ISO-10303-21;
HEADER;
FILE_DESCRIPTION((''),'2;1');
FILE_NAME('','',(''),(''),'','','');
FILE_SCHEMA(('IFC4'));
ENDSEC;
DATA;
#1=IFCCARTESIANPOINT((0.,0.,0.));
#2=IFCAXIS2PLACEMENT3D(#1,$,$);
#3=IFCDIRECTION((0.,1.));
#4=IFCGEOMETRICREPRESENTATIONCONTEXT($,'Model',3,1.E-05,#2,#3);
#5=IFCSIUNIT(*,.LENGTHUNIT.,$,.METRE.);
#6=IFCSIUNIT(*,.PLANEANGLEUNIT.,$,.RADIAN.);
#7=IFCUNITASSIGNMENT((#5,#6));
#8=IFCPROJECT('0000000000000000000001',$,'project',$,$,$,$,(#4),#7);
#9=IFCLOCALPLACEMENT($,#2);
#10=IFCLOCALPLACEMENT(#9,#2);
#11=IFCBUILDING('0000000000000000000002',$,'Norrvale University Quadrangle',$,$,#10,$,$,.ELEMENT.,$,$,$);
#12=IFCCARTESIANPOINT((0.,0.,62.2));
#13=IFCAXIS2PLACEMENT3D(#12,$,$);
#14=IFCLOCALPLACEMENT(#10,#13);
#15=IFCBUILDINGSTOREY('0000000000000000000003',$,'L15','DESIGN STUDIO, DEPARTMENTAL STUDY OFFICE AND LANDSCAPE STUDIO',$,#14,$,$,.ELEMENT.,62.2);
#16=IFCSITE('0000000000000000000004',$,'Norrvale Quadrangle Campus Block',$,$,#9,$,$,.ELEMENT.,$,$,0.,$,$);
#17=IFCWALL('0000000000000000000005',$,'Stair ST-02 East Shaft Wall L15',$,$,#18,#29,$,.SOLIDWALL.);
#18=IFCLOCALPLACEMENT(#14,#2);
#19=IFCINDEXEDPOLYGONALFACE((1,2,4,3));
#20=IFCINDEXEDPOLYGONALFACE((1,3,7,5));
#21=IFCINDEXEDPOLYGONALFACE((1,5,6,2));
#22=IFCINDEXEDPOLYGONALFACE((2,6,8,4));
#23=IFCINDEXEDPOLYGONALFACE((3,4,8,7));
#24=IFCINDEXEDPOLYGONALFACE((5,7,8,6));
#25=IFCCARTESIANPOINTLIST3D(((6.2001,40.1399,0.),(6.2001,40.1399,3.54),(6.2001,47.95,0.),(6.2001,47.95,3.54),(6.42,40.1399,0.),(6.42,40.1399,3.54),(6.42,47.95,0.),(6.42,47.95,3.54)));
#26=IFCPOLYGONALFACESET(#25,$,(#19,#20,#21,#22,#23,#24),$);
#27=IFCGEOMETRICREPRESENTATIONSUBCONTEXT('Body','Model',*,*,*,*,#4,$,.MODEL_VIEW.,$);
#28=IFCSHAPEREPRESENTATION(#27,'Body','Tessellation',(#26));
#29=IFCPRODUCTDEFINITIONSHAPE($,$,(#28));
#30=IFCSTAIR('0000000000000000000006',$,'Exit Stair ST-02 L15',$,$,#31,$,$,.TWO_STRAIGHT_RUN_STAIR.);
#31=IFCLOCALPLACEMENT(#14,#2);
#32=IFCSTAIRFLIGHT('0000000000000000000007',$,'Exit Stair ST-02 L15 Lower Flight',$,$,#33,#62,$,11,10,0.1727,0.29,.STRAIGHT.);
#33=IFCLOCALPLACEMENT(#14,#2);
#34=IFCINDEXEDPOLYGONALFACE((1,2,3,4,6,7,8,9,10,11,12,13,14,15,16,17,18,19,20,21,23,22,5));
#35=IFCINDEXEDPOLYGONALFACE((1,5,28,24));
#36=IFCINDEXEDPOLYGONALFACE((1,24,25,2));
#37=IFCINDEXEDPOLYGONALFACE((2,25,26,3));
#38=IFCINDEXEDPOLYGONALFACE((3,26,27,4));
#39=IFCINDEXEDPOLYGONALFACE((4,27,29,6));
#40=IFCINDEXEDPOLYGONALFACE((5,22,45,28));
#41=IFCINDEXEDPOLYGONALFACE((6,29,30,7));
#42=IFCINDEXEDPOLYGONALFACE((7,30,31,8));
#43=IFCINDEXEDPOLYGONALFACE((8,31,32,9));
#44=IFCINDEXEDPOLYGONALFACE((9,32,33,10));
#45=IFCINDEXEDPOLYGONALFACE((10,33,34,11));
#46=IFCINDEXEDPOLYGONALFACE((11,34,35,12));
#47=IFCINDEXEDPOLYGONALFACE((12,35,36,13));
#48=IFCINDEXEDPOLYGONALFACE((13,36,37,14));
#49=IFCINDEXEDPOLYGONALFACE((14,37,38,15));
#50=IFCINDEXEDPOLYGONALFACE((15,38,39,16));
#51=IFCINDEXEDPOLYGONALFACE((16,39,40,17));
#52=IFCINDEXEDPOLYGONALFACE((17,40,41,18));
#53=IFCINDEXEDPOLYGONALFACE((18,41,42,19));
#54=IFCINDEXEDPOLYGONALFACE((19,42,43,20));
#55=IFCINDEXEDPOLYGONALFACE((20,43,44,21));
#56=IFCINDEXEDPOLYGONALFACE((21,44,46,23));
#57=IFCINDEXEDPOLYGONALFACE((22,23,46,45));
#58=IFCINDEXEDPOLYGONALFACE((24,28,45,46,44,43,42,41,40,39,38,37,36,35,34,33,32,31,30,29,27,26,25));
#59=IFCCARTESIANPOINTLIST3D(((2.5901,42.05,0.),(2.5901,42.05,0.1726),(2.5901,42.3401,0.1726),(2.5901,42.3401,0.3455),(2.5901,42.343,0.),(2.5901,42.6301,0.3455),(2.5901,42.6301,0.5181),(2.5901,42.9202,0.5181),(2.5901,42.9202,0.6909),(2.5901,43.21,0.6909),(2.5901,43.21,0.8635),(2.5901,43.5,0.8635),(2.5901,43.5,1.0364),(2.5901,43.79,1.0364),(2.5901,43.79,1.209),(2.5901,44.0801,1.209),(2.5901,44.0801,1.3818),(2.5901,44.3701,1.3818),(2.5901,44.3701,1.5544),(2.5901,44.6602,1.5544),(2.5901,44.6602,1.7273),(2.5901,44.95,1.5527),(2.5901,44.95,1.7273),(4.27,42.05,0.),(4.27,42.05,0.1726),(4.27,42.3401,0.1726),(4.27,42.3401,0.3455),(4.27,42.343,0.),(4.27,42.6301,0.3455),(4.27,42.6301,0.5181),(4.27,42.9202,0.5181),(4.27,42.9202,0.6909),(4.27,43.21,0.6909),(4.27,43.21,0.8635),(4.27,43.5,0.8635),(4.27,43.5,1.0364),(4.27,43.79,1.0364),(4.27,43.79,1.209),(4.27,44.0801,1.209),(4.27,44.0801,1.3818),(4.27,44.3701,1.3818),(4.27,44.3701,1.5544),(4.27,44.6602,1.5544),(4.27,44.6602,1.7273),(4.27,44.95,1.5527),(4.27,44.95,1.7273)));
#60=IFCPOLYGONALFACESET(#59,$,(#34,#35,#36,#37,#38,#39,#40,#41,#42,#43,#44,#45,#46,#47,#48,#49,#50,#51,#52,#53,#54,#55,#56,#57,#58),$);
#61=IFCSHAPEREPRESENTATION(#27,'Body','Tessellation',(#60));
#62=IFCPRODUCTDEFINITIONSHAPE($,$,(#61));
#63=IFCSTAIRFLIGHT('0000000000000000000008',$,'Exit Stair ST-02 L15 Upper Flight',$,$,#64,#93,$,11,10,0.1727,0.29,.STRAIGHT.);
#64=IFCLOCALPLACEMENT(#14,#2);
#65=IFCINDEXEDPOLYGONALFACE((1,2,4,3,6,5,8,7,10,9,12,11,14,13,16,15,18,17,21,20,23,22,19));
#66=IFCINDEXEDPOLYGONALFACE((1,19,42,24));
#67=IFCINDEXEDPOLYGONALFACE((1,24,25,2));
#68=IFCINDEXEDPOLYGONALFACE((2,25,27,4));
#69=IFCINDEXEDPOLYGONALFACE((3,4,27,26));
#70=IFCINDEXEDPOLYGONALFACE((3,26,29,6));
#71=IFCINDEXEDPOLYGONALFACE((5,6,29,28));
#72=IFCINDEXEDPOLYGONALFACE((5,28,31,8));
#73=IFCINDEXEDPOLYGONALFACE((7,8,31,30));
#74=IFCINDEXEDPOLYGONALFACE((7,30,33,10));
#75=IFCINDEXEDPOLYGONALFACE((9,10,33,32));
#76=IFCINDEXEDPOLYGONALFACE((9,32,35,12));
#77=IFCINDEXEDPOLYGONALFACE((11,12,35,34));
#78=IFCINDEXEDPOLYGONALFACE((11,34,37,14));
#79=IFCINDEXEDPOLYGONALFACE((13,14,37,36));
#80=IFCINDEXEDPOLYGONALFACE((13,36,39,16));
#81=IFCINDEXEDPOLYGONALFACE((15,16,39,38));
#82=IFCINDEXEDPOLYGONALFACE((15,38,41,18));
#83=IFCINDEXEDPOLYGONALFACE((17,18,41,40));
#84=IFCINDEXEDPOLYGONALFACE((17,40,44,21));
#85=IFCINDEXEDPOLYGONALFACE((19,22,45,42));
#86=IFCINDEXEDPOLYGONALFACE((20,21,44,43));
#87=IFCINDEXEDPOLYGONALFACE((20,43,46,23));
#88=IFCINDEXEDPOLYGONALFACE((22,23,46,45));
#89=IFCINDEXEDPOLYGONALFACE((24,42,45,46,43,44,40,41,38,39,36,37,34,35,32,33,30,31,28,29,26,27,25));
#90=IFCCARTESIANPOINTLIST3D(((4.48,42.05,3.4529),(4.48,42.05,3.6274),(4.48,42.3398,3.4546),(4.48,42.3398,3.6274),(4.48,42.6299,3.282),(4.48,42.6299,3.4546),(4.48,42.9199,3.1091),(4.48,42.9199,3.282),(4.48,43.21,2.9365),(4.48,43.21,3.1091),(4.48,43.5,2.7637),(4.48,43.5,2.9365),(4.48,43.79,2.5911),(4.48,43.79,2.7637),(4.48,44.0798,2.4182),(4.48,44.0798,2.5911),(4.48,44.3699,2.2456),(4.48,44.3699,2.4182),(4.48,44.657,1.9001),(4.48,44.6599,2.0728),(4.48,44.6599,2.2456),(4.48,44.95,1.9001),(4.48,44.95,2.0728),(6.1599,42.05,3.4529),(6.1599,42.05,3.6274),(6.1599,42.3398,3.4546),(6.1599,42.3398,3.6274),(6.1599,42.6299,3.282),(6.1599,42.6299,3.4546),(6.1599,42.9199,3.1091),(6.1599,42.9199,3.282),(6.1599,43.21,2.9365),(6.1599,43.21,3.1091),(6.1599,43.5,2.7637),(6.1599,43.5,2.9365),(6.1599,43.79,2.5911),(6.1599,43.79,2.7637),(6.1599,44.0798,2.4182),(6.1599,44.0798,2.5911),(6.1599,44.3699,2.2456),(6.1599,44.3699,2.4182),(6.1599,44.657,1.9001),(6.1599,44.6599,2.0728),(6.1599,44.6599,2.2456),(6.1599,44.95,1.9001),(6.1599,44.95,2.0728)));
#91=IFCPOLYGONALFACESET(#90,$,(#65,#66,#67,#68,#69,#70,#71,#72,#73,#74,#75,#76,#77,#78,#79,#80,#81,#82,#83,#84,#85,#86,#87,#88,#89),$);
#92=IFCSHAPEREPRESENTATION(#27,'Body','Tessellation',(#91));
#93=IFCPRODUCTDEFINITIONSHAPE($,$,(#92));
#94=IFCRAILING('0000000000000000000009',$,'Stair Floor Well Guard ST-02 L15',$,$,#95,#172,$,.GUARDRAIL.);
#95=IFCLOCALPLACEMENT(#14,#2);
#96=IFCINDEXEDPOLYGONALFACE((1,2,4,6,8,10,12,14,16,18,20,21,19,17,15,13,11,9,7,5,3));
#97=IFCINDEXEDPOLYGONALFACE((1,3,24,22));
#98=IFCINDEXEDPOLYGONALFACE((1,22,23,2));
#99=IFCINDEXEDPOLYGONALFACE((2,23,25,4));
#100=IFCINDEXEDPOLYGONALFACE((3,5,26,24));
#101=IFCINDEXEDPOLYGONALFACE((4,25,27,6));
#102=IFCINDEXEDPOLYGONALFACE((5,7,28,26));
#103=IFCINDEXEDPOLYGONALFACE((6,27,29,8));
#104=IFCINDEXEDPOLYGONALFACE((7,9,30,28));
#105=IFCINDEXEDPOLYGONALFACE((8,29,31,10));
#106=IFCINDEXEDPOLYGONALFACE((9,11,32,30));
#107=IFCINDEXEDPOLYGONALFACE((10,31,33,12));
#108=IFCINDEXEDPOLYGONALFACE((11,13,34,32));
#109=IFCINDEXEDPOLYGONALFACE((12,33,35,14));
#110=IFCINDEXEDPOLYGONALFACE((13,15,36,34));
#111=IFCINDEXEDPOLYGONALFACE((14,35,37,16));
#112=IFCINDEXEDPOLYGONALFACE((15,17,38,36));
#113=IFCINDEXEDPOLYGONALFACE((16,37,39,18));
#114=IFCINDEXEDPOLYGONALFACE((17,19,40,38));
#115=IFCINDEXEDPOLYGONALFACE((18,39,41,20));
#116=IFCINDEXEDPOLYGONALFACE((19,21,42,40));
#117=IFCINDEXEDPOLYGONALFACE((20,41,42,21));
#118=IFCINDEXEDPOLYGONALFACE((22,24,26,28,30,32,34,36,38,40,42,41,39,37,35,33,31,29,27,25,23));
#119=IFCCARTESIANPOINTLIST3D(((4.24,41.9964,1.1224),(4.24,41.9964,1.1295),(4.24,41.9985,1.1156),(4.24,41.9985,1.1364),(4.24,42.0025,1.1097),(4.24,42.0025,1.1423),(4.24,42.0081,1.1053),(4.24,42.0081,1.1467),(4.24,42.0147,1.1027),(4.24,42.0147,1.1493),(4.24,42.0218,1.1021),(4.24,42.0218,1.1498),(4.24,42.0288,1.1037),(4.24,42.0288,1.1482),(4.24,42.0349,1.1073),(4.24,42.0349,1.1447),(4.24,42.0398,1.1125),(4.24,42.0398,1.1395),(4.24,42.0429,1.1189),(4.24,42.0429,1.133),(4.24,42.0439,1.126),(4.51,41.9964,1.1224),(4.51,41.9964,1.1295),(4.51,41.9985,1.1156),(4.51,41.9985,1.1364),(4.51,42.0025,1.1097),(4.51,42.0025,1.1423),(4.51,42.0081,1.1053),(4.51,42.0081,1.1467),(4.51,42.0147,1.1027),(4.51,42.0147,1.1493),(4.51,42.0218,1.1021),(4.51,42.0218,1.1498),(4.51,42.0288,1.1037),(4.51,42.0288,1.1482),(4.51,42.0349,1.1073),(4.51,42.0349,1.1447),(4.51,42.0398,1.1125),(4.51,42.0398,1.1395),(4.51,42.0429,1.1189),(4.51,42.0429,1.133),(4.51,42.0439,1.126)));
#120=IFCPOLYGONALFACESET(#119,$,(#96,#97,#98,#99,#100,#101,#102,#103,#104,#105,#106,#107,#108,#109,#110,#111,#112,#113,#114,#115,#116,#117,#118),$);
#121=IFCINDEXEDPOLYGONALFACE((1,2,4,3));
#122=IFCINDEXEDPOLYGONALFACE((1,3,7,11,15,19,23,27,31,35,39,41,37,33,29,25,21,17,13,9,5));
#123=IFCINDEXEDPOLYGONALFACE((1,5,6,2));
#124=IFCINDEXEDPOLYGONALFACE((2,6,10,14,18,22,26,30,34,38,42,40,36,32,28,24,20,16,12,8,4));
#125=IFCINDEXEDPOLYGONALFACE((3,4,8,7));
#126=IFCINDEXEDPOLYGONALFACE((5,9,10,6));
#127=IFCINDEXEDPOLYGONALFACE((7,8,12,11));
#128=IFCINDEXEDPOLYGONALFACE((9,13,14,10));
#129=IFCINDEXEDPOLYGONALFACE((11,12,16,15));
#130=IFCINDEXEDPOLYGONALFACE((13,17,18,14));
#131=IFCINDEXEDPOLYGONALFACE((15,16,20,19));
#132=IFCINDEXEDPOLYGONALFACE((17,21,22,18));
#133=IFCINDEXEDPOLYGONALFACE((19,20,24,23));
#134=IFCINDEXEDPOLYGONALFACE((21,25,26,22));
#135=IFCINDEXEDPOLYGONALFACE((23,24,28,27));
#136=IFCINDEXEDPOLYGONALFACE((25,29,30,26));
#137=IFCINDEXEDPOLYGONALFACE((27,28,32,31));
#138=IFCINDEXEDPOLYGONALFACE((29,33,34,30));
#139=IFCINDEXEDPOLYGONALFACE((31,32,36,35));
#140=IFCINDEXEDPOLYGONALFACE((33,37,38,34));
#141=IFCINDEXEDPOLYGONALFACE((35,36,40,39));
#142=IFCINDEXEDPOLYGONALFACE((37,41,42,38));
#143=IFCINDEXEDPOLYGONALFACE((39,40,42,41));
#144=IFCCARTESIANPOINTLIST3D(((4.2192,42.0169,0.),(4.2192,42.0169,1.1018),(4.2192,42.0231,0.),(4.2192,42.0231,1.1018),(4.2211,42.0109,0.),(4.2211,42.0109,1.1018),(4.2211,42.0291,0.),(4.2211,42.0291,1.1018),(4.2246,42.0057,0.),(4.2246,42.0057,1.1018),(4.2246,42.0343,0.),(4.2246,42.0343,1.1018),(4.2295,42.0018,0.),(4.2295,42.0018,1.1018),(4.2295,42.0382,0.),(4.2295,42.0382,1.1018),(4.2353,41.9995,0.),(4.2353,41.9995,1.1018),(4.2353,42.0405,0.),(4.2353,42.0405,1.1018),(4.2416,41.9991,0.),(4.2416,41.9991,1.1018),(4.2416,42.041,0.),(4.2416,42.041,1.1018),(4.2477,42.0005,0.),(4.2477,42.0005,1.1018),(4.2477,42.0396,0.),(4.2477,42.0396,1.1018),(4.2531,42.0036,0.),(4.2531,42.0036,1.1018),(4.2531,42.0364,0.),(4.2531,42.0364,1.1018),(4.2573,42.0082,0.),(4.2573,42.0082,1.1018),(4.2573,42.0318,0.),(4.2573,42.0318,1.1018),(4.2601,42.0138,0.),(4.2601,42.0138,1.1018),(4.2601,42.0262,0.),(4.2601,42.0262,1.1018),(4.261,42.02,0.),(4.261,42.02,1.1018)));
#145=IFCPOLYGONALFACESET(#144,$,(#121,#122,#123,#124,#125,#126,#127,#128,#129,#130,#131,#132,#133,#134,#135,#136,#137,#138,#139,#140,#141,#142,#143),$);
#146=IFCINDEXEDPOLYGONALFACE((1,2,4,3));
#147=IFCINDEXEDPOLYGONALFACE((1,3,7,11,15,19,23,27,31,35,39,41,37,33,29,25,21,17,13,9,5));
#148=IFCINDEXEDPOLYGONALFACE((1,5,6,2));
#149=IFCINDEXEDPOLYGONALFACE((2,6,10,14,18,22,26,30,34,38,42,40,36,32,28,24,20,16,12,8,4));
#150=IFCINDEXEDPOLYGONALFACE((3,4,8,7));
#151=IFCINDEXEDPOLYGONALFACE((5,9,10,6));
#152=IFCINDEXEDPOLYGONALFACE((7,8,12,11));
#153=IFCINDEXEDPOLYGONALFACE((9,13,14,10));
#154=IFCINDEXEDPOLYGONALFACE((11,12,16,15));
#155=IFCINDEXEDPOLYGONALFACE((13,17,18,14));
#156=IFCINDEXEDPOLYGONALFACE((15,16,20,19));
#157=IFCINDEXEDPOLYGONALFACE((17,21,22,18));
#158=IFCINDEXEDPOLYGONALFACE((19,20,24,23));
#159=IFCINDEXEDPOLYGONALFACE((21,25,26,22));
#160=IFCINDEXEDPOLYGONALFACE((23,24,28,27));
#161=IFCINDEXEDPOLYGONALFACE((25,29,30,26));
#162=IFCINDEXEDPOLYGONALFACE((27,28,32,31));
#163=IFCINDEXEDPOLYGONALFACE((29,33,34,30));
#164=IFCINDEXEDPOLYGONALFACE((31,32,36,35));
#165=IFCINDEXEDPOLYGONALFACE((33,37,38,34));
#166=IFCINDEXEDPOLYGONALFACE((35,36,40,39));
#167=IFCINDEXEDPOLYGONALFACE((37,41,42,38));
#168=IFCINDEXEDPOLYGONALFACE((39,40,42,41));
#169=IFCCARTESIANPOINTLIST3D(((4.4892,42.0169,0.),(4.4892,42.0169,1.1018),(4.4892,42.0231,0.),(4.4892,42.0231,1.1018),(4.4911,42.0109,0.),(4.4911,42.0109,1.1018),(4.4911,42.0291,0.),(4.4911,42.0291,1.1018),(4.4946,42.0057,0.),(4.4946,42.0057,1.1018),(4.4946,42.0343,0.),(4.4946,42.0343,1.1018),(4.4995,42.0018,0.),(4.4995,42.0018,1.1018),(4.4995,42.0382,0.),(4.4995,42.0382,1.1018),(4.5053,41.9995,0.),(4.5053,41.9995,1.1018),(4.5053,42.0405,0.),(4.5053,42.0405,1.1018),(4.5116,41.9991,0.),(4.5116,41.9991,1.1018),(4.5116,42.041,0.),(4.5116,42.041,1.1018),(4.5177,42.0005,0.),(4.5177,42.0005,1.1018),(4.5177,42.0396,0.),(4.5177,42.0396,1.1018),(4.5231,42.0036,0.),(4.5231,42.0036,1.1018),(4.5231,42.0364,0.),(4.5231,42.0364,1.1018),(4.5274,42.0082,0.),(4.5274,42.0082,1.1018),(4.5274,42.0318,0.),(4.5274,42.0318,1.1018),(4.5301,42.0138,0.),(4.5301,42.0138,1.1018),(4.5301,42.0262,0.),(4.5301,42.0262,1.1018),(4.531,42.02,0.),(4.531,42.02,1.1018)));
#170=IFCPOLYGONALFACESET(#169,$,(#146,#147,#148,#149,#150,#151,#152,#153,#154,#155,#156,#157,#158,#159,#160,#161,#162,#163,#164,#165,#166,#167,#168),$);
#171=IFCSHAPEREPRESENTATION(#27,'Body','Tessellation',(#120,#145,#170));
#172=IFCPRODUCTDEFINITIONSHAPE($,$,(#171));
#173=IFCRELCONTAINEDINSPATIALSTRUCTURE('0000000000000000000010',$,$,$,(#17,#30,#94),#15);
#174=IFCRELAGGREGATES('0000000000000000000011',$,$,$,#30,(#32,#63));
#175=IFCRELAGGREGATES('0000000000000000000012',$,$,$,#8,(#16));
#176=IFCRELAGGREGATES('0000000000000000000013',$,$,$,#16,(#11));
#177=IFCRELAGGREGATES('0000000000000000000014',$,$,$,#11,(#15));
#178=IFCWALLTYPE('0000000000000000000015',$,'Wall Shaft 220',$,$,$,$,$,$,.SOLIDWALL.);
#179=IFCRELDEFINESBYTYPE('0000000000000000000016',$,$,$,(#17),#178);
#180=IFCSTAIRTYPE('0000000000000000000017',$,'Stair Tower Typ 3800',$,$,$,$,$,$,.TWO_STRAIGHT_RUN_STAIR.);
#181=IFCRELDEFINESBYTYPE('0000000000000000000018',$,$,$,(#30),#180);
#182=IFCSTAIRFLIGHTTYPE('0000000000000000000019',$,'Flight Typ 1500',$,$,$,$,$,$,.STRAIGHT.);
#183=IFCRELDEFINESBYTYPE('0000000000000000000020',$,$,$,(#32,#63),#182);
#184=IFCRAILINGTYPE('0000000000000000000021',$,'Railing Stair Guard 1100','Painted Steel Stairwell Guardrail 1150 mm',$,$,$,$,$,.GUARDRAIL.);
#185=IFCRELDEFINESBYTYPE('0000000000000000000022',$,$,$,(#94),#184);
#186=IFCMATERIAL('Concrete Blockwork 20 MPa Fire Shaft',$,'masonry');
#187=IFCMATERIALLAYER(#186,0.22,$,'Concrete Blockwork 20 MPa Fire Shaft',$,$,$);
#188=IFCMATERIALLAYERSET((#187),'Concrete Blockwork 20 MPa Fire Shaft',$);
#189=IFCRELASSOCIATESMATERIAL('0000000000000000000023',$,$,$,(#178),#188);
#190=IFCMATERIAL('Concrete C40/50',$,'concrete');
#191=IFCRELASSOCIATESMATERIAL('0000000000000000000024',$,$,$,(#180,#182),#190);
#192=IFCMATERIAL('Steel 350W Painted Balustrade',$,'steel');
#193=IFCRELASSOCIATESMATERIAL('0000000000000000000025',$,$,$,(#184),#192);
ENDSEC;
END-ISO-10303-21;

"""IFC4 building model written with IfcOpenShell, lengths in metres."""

from ifc_helpers import new_model, si_unit, direction, frame, frame_2d, origin, origin_2d, place, context, subcontext, project, spatial, polyline, rectangle, circle, outline, extrude, material, layer, layer_set, type_object, element, aggregate, save


model = new_model("IFC4")

# Units and contexts
model_context = context("Model", 3, precision=1e-05, world=origin(), true_north=direction((0.0, 1.0)))
body_context = subcontext(model_context, "Body", "Model", "MODEL_VIEW")
ifc_project = project(units=[si_unit("LENGTHUNIT", "METRE"), si_unit("PLANEANGLEUNIT", "RADIAN")], contexts=[model_context])

# Site, building, storey
site_placement = place(None, origin())
site = spatial("IfcSite", under=ifc_project, at=site_placement, Name="Norrvale Quadrangle Campus Block", CompositionType="ELEMENT", RefElevation=0.0)
building_placement = place(site_placement, origin())
building = spatial("IfcBuilding", under=site, at=building_placement, Name="Norrvale University Quadrangle", CompositionType="ELEMENT")
storey_placement = place(building_placement, frame((0.0, 0.0, 62.2)))
storey = spatial("IfcBuildingStorey", under=building, at=storey_placement, Name="L15", Description="DESIGN STUDIO, DEPARTMENTAL STUDY OFFICE AND LANDSCAPE STUDIO", CompositionType="ELEMENT", Elevation=62.2)

# Shared definitions
ifc_material_1 = material(Name="Concrete Blockwork 20 MPa Fire Shaft", Category="masonry")
ifc_layer_1 = layer(ifc_material_1, 0.22, Name="Concrete Blockwork 20 MPa Fire Shaft")
ifc_layer_set_1 = layer_set([ifc_layer_1], Name="Concrete Blockwork 20 MPa Fire Shaft")
wall_type_1 = type_object("IfcWallType", Name="Wall Shaft 220", PredefinedType="SOLIDWALL", material=ifc_layer_set_1)

# Wall
wall_1_placement = place(storey_placement, frame((6.3101, 40.1399, 0.0), z_axis=(0.0, 0.0, 1.0), x_axis=(0.0, 1.0, 0.0)))
element("IfcWall", 1, at=wall_1_placement, inside=storey, type_object=wall_type_1, Name="Stair ST-02 East Shaft Wall L15", PredefinedType="SOLIDWALL", context=body_context, shape_type="SweptSolid", body=[
    extrude(rectangle(XDim=7.8101, YDim=0.22, at=frame_2d((3.905, 0.0))), origin(), (0.0, 0.0, 1.0), 3.54),
])

# Stair, stair flights
ifc_material_2 = material(Name="Concrete C40/50", Category="concrete")
stair_type = type_object("IfcStairType", Name="Stair Tower Typ 3800", PredefinedType="TWO_STRAIGHT_RUN_STAIR", material=ifc_material_2)
stair_placement = place(storey_placement, origin())
stair = element("IfcStair", 2, at=stair_placement, inside=storey, type_object=stair_type, Name="Exit Stair ST-02 L15", PredefinedType="TWO_STRAIGHT_RUN_STAIR")
stair_flight_type = type_object("IfcStairFlightType", Name="Flight Typ 1500", PredefinedType="STRAIGHT", material=ifc_material_2)
stair_flight_1_placement = place(storey_placement, frame((3.4299, 42.05, 0.0), z_axis=(0.0, 0.0, 1.0), x_axis=(0.0, 1.0, 0.0)))
stair_flight_1 = element("IfcStairFlight", 3, at=stair_flight_1_placement, type_object=stair_flight_type, Name="Exit Stair ST-02 L15 Lower Flight", NumberOfRisers=11, NumberOfTreads=10, PredefinedType="STRAIGHT", RiserHeight=0.1727, TreadLength=0.29, context=body_context, shape_type="SweptSolid", body=[
    extrude(outline(polyline([(0.0, 0.0), (0.0, 0.1726), (0.29, 0.1726), (0.29, 0.3455), (0.5801, 0.3455), (0.5801, 0.5181), (0.8701, 0.5181), (0.8701, 0.6909), (1.1599, 0.6909), (1.1599, 0.8635), (1.45, 0.8635), (1.45, 1.0364), (1.74, 1.0364), (1.74, 1.209), (2.03, 1.209), (2.03, 1.3818), (2.3201, 1.3818), (2.3201, 1.5544), (2.6101, 1.5544), (2.6101, 1.7273), (2.8999, 1.7273), (2.8999, 1.8999), (2.8999, 1.5527), (0.293, 0.0), (0.0, 0.0)])), frame((0.0, 0.8398, 0.0), z_axis=(0.0, -1.0, 0.0), x_axis=(1.0, 0.0, 0.0)), (0.0, 0.0, 1.0), 1.6799),
])
stair_flight_2_placement = place(storey_placement, frame((5.3201, 44.95, 1.9001), z_axis=(0.0, 0.0, 1.0), x_axis=(0.0, -1.0, 0.0)))
stair_flight_2 = element("IfcStairFlight", 4, at=stair_flight_2_placement, type_object=stair_flight_type, Name="Exit Stair ST-02 L15 Upper Flight", NumberOfRisers=11, NumberOfTreads=10, PredefinedType="STRAIGHT", RiserHeight=0.1727, TreadLength=0.29, context=body_context, shape_type="SweptSolid", body=[
    extrude(outline(polyline([(0.0, 0.0), (0.0, 0.1726), (0.29, 0.1726), (0.29, 0.3455), (0.5801, 0.3455), (0.5801, 0.5181), (0.8701, 0.5181), (0.8701, 0.6909), (1.1599, 0.6909), (1.1599, 0.8635), (1.45, 0.8635), (1.45, 1.0364), (1.74, 1.0364), (1.74, 1.209), (2.03, 1.209), (2.03, 1.3818), (2.3201, 1.3818), (2.3201, 1.5544), (2.6101, 1.5544), (2.6101, 1.7273), (2.8999, 1.7273), (2.8999, 1.8999), (2.8999, 1.5527), (0.293, 0.0), (0.0, 0.0)])), frame((0.0, 0.8398, 0.0), z_axis=(0.0, -1.0, 0.0), x_axis=(1.0, 0.0, 0.0)), (0.0, 0.0, 1.0), 1.6799),
])
aggregate(stair, [stair_flight_1, stair_flight_2])

# Railing
ifc_material_3 = material(Name="Steel 350W Painted Balustrade", Category="steel")
railing_type_1 = type_object("IfcRailingType", Name="Railing Stair Guard 1100", Description="Painted Steel Stairwell Guardrail 1150 mm", PredefinedType="GUARDRAIL", material=ifc_material_3)
for number, where, name in (
    (5, (4.24, 42.02, 0.0), "Stair Floor Well Guard ST-02 L15"),
):
    element("IfcRailing", number, at=place(storey_placement, frame(where)), inside=storey, type_object=railing_type_1, Name=name, PredefinedType="GUARDRAIL", context=body_context, shape_type="SweptSolid", body=[
        extrude(circle(Radius=0.0239, at=origin_2d()), frame((0.0, 0.0, 1.126), z_axis=(1.0, 0.0, 0.0), x_axis=(0.0, 1.0, 0.0)), (0.0, 0.0, 1.0), 0.27),
        extrude(circle(Radius=0.021, at=origin_2d()), origin(), (0.0, 0.0, 1.0), 1.1018),
        extrude(circle(Radius=0.021, at=origin_2d()), frame((0.27, 0.0, 0.0)), (0.0, 0.0, 1.0), 1.1018),
    ])

save(model, "model.ifc")
